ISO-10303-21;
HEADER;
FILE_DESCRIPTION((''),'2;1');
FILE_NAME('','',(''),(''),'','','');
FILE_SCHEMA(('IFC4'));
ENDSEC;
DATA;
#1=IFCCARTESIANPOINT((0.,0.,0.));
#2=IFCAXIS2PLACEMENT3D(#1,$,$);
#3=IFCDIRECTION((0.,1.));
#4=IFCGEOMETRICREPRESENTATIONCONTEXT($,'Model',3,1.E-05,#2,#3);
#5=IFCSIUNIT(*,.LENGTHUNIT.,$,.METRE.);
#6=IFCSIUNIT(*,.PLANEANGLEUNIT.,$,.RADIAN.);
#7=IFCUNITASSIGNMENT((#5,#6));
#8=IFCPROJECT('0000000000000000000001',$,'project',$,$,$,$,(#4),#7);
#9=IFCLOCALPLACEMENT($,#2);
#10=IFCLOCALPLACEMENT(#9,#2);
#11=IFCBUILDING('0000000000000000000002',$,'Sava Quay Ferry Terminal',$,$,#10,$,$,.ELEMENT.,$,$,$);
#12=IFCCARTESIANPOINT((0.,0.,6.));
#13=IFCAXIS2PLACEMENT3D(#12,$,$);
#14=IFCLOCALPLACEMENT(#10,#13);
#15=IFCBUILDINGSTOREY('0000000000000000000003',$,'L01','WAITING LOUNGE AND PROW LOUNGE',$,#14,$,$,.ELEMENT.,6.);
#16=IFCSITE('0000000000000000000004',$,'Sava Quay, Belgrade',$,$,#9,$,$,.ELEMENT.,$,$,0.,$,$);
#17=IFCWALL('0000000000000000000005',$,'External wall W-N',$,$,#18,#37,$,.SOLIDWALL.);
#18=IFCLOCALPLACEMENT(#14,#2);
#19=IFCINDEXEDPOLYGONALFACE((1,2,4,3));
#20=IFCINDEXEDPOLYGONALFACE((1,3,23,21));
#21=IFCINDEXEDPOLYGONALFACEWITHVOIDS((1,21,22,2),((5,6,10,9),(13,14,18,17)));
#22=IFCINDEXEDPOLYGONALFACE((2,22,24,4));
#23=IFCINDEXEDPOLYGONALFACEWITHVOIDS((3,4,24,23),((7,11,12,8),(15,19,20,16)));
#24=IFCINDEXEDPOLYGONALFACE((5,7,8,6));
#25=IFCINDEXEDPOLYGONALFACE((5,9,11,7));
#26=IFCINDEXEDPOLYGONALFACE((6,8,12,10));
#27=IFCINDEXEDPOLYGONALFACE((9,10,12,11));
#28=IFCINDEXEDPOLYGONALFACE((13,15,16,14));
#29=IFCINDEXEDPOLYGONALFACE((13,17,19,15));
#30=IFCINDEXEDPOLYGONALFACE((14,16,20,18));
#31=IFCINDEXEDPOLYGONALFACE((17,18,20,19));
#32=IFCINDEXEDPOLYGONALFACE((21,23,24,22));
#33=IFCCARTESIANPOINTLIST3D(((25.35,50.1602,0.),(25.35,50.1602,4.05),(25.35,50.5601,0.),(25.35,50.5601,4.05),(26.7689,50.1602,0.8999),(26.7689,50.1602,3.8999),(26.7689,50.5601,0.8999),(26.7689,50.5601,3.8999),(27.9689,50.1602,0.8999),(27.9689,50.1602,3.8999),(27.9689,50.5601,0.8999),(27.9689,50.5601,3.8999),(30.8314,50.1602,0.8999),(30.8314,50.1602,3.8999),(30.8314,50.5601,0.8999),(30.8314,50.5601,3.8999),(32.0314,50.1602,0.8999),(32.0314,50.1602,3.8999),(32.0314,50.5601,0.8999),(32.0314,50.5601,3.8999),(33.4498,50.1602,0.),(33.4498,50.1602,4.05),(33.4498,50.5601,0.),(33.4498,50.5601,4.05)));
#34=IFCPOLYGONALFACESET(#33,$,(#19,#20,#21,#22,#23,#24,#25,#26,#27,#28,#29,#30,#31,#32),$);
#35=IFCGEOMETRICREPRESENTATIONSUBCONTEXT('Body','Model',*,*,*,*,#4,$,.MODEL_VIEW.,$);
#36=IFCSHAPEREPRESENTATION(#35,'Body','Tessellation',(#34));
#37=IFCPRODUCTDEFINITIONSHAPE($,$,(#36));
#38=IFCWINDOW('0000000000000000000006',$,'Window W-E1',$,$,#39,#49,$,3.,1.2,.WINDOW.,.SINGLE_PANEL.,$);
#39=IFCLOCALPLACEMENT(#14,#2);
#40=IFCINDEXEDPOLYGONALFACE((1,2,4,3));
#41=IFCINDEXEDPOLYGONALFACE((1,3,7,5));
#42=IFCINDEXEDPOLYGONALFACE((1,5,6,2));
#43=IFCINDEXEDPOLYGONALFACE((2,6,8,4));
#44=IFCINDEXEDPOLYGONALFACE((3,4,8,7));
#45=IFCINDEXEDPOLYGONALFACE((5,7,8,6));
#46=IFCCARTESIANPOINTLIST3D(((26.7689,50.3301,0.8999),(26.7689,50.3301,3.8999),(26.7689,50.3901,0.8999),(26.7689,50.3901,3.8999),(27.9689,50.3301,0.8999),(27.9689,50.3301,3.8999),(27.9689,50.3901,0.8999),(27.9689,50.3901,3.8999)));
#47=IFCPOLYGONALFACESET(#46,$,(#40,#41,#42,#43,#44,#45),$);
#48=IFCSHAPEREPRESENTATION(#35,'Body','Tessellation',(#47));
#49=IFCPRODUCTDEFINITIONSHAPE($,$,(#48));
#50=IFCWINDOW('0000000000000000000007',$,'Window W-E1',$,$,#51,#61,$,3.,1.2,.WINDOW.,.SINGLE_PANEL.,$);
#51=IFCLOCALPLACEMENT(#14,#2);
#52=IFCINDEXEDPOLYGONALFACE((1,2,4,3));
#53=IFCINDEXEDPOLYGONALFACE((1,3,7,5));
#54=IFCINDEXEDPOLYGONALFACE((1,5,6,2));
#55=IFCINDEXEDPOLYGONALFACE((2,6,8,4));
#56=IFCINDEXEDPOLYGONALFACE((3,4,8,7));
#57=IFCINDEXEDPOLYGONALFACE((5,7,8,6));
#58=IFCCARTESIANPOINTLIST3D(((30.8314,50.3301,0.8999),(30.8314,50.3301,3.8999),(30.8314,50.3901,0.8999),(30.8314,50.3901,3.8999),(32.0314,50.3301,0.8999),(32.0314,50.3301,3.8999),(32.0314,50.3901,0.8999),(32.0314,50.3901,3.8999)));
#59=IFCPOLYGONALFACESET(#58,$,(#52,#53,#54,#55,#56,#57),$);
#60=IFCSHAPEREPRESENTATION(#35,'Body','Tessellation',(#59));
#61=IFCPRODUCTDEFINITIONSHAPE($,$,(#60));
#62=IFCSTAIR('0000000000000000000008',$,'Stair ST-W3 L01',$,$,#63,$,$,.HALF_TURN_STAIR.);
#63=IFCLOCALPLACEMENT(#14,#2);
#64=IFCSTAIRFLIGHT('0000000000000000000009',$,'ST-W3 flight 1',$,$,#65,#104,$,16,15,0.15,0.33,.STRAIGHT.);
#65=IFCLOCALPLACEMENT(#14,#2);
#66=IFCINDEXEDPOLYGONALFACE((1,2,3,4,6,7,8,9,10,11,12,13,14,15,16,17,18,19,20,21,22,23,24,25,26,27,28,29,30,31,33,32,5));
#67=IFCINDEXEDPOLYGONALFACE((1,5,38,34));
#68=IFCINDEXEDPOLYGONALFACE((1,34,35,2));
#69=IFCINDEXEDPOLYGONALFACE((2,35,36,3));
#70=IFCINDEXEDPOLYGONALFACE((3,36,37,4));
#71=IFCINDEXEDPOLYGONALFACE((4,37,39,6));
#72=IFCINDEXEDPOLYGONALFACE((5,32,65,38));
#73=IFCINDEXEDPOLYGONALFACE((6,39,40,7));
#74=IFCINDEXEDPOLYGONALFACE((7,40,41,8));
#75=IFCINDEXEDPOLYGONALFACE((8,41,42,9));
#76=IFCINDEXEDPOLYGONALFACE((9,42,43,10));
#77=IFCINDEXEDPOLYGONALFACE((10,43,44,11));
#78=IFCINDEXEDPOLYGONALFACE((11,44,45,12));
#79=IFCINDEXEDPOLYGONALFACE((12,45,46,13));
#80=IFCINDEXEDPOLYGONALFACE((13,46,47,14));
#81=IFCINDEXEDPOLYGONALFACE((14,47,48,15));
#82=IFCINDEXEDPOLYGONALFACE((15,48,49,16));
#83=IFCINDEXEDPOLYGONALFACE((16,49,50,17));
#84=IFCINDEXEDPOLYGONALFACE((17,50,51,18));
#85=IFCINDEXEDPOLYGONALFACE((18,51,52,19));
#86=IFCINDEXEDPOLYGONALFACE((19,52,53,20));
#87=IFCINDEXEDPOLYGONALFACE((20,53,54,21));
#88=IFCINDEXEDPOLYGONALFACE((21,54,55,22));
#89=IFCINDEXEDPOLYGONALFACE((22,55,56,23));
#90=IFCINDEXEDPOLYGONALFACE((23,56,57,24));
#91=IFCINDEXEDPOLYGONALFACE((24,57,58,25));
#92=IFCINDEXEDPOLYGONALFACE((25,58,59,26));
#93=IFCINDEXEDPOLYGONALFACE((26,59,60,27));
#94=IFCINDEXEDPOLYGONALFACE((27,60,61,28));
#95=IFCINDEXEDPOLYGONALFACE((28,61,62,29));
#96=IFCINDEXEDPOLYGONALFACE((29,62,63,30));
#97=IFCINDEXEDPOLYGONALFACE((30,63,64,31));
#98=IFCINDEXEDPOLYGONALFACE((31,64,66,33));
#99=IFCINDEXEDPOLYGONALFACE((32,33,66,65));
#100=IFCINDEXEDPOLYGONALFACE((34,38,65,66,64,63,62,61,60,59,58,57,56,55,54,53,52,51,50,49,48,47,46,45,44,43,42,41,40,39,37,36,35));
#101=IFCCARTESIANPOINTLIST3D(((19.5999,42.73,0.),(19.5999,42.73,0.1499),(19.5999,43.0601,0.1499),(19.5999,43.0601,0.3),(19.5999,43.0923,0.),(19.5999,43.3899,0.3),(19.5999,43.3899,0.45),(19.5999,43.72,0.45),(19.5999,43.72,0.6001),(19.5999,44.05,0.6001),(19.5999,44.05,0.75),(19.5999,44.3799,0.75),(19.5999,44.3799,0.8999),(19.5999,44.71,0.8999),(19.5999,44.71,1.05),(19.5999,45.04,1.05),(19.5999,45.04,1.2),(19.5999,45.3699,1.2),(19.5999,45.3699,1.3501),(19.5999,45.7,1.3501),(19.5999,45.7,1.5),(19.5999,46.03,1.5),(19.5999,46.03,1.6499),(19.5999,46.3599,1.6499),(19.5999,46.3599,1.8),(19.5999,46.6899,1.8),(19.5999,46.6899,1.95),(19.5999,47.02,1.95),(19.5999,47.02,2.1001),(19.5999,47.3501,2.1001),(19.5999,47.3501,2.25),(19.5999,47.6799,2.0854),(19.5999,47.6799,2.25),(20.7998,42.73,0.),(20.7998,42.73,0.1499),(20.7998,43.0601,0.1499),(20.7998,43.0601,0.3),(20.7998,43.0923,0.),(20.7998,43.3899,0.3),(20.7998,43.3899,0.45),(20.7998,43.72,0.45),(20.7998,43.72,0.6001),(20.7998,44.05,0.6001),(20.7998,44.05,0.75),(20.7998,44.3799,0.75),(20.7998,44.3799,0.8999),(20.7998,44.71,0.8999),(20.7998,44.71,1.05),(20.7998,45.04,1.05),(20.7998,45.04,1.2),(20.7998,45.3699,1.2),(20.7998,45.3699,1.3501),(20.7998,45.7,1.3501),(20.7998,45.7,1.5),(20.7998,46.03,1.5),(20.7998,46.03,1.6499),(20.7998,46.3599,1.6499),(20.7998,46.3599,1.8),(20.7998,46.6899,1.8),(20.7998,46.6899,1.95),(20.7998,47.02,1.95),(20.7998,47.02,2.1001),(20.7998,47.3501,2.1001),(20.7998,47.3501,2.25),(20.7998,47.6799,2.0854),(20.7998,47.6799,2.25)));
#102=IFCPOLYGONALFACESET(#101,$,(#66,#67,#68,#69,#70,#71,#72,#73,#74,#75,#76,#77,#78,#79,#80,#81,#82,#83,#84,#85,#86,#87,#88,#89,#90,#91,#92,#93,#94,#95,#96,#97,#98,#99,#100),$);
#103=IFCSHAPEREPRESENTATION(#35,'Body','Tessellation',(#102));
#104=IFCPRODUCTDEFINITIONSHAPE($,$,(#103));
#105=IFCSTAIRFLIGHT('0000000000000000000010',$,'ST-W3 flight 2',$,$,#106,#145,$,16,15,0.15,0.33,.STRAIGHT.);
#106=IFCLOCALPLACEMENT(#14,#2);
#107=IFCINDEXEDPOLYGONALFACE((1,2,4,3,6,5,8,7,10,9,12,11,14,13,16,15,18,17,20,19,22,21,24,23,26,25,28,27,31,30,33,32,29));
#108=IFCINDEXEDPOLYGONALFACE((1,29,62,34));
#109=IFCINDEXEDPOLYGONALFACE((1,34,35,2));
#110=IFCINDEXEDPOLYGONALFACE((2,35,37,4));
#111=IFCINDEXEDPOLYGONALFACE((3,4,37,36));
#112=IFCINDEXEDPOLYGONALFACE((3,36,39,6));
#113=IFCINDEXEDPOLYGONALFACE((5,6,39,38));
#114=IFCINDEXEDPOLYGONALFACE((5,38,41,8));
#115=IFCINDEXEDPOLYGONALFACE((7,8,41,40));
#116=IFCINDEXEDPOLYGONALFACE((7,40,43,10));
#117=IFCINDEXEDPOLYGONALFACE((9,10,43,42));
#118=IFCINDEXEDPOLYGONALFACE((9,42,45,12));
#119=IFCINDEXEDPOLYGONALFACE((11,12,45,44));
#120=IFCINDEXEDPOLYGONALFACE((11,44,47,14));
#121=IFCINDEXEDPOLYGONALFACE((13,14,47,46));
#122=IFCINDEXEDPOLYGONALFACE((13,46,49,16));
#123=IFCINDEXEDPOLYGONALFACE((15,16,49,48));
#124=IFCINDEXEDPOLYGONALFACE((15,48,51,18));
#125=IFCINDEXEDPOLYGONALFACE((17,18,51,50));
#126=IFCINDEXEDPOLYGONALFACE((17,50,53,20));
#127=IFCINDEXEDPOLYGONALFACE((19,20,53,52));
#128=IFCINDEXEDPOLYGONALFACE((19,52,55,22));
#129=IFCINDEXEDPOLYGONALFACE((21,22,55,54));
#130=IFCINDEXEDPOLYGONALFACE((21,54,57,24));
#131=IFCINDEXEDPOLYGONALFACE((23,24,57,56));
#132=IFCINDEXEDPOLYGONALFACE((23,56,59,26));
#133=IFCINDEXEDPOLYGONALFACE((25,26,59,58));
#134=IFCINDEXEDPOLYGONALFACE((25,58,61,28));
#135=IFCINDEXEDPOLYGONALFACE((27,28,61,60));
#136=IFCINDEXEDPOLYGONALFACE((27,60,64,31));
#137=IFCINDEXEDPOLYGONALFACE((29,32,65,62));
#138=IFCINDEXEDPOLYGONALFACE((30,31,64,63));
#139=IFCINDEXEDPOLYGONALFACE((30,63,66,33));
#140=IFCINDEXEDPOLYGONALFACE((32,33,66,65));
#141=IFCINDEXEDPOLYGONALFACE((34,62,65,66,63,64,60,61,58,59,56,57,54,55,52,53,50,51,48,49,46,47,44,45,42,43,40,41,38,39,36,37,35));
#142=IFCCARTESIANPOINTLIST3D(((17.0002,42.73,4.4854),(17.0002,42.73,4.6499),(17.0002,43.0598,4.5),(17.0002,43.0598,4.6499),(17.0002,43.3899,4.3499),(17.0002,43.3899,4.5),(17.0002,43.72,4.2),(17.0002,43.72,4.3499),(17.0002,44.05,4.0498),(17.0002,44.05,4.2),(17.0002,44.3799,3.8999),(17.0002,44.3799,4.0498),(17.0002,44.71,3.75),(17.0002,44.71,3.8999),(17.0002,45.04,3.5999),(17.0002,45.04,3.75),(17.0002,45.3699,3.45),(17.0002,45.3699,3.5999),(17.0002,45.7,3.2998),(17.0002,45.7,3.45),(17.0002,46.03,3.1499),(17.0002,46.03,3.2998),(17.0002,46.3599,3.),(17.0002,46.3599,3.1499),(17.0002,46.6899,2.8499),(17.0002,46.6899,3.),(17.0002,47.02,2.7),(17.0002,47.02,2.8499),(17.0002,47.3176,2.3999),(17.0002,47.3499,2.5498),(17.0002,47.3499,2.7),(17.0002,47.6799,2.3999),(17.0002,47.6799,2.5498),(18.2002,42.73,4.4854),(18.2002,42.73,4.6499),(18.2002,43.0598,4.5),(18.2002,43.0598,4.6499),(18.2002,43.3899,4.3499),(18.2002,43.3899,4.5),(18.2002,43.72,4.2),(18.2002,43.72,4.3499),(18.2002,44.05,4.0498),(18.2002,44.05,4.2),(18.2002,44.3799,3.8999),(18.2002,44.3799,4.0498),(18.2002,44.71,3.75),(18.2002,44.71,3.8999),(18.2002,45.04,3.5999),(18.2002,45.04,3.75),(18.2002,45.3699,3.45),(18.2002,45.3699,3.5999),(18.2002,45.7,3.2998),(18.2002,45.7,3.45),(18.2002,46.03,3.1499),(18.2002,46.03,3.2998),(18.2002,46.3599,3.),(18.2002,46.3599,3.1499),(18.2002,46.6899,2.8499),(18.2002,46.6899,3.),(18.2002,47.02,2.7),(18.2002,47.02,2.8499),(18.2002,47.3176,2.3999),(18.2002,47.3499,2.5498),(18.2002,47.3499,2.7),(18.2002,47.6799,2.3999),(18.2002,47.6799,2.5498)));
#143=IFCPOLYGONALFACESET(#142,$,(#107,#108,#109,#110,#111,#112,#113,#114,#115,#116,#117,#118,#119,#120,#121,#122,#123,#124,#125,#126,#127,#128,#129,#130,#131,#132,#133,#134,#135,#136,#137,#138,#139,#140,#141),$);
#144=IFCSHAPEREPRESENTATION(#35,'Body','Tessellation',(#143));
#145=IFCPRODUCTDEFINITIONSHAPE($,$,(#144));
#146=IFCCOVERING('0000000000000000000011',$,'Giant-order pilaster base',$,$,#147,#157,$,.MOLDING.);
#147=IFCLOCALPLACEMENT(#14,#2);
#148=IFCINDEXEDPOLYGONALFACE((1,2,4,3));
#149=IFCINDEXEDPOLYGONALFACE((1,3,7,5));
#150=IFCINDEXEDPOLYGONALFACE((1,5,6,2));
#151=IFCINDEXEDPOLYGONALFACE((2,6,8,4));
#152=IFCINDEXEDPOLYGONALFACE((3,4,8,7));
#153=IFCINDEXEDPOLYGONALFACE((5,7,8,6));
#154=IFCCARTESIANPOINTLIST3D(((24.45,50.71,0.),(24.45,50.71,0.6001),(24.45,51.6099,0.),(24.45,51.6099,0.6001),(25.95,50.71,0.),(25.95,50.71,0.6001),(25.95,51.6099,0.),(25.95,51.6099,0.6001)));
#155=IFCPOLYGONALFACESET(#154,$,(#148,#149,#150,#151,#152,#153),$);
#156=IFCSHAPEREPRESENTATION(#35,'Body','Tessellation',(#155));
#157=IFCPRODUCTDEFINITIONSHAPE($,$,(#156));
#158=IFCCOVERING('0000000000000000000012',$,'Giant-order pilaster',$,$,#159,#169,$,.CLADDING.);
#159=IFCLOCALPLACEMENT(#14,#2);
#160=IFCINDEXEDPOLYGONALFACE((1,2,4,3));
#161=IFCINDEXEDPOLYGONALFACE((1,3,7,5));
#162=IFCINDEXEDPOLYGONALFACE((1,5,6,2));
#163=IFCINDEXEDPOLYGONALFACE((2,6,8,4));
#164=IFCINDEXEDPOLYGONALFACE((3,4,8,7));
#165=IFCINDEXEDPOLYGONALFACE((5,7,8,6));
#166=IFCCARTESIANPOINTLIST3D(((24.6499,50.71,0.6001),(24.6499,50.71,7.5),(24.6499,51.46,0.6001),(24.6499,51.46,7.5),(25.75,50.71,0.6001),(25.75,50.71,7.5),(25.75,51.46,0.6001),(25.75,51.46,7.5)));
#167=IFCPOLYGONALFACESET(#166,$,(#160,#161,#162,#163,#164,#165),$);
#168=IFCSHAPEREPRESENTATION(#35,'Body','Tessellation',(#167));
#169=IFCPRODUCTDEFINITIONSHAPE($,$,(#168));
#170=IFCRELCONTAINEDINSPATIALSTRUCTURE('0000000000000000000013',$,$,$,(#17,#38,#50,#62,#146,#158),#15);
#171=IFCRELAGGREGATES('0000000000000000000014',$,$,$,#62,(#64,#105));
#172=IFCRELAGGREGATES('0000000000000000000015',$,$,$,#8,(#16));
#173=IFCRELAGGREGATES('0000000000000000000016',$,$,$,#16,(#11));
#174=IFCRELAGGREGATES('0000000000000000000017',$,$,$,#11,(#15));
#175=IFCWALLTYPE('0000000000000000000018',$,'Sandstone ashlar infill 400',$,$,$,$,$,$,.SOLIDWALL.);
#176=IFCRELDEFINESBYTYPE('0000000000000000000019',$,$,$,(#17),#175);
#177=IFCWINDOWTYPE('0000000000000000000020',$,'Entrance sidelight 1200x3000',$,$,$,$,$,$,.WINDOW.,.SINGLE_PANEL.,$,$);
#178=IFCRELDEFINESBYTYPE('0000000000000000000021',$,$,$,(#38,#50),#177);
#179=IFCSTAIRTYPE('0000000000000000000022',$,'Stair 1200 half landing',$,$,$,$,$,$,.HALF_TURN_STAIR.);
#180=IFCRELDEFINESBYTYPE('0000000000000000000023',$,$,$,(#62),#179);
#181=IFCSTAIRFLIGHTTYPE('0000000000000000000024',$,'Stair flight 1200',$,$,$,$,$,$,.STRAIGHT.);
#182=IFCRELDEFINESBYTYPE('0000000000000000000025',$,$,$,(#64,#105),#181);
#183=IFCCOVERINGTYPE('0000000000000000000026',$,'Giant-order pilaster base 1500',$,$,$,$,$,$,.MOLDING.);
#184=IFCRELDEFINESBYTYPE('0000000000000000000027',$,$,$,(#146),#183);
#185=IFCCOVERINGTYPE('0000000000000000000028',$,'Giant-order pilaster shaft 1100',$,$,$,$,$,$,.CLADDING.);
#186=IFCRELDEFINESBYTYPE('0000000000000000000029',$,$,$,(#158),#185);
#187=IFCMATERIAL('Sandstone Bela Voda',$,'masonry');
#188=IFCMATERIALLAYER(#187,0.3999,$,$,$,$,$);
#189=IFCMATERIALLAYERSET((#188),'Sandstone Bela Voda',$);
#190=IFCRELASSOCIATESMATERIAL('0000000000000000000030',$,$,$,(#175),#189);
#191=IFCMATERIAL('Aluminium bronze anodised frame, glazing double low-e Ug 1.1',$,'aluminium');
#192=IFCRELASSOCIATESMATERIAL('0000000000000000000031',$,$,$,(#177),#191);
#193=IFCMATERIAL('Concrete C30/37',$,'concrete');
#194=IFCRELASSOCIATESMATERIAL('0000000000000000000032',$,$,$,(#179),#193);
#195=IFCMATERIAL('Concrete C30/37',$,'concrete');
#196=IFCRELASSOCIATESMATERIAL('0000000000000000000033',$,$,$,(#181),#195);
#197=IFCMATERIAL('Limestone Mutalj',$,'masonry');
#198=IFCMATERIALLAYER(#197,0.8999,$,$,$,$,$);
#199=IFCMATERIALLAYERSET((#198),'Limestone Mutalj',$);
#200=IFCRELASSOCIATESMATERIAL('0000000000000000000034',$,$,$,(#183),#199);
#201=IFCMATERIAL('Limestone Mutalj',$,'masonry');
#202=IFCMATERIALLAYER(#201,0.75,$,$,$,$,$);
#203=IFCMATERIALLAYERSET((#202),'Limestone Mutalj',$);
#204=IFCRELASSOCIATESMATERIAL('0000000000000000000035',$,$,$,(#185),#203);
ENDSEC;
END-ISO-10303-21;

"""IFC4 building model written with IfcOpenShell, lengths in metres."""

from ifc_helpers import new_model, si_unit, direction, frame, frame_2d, origin, origin_2d, place, context, subcontext, project, spatial, polyline, rectangle, outline, extrude, material, layer, layer_set, type_object, element, fill, aggregate, save


model = new_model("IFC4")

# Units and contexts
model_context = context("Model", 3, precision=1e-05, world=origin(), true_north=direction((0.0, 1.0)))
body_context = subcontext(model_context, "Body", "Model", "MODEL_VIEW")
ifc_project = project(units=[si_unit("LENGTHUNIT", "METRE"), si_unit("PLANEANGLEUNIT", "RADIAN")], contexts=[model_context])

# Site, building, storey
site_placement = place(None, origin())
site = spatial("IfcSite", under=ifc_project, at=site_placement, Name="Sava Quay, Belgrade", CompositionType="ELEMENT", RefElevation=0.0)
building_placement = place(site_placement, origin())
building = spatial("IfcBuilding", under=site, at=building_placement, Name="Sava Quay Ferry Terminal", CompositionType="ELEMENT")
storey_placement = place(building_placement, frame((0.0, 0.0, 6.0)))
storey = spatial("IfcBuildingStorey", under=building, at=storey_placement, Name="L01", Description="WAITING LOUNGE AND PROW LOUNGE", CompositionType="ELEMENT", Elevation=6.0)

# Shared definitions
ifc_material_1 = material(Name="Sandstone Bela Voda", Category="masonry")
ifc_layer_1 = layer(ifc_material_1, 0.3999)
ifc_layer_set_1 = layer_set([ifc_layer_1], Name="Sandstone Bela Voda")
wall_type_1 = type_object("IfcWallType", Name="Sandstone ashlar infill 400", PredefinedType="SOLIDWALL", material=ifc_layer_set_1)

# Wall, openings, windows
wall_1_placement = place(storey_placement, frame((25.3501, 50.3601, 0.0), z_axis=(0.0, 0.0, 1.0), x_axis=(1.0, 0.0, 0.0)))
wall_1 = element("IfcWall", 1, at=wall_1_placement, inside=storey, type_object=wall_type_1, Name="External wall W-N", PredefinedType="SOLIDWALL", context=body_context, shape_type="SweptSolid", body=[
    extrude(rectangle(XDim=8.0999, YDim=0.3999, at=frame_2d((4.0498, 0.0))), origin(), (0.0, 0.0, 1.0), 4.05),
])
opening_1_placement = place(wall_1_placement, frame((1.4187, 0.0, 0.8999)))
opening_1 = element("IfcOpeningElement", 2, at=opening_1_placement, cuts=wall_1, PredefinedType="OPENING", context=body_context, shape_type="SweptSolid", body=[
    extrude(rectangle(XDim=1.2, YDim=3.0, at=frame_2d((0.6001, 1.5))), frame((0.0, 0.2, 0.0), z_axis=(0.0, -1.0, 0.0), x_axis=(1.0, 0.0, 0.0)), (0.0, 0.0, 1.0), 0.3999),
])
opening_2_placement = place(wall_1_placement, frame((5.4812, 0.0, 0.8999)))
opening_2 = element("IfcOpeningElement", 3, at=opening_2_placement, cuts=wall_1, PredefinedType="OPENING", context=body_context, shape_type="SweptSolid", body=[
    extrude(rectangle(XDim=1.2, YDim=3.0, at=frame_2d((0.6001, 1.5))), frame((0.0, 0.2, 0.0), z_axis=(0.0, -1.0, 0.0), x_axis=(1.0, 0.0, 0.0)), (0.0, 0.0, 1.0), 0.3999),
])
ifc_material_2 = material(Name="Aluminium bronze anodised frame, glazing double low-e Ug 1.1", Category="aluminium")
window_type = type_object("IfcWindowType", Name="Entrance sidelight 1200x3000", PartitioningType="SINGLE_PANEL", PredefinedType="WINDOW", material=ifc_material_2)
window_1_placement = place(opening_1_placement, origin())
window_1 = element("IfcWindow", 4, at=window_1_placement, inside=storey, type_object=window_type, Name="Window W-E1", OverallHeight=3.0, OverallWidth=1.2, PartitioningType="SINGLE_PANEL", PredefinedType="WINDOW", context=body_context, shape_type="SweptSolid", body=[
    extrude(rectangle(XDim=1.2, YDim=3.0, at=frame_2d((0.6001, 1.5))), frame((0.0, 0.03, 0.0), z_axis=(0.0, -1.0, 0.0), x_axis=(1.0, 0.0, 0.0)), (0.0, 0.0, 1.0), 0.0601),
])
fill(opening_1, window_1)
window_2_placement = place(opening_2_placement, origin())
window_2 = element("IfcWindow", 5, at=window_2_placement, inside=storey, type_object=window_type, Name="Window W-E1", OverallHeight=3.0, OverallWidth=1.2, PartitioningType="SINGLE_PANEL", PredefinedType="WINDOW", context=body_context, shape_type="SweptSolid", body=[
    extrude(rectangle(XDim=1.2, YDim=3.0, at=frame_2d((0.6001, 1.5))), frame((0.0, 0.03, 0.0), z_axis=(0.0, -1.0, 0.0), x_axis=(1.0, 0.0, 0.0)), (0.0, 0.0, 1.0), 0.0601),
])
fill(opening_2, window_2)

# Stair, stair flights
ifc_material_3 = material(Name="Concrete C30/37", Category="concrete")
stair_type = type_object("IfcStairType", Name="Stair 1200 half landing", PredefinedType="HALF_TURN_STAIR", material=ifc_material_3)
stair_placement = place(storey_placement, origin())
stair = element("IfcStair", 6, at=stair_placement, inside=storey, type_object=stair_type, Name="Stair ST-W3 L01", PredefinedType="HALF_TURN_STAIR")
ifc_material_4 = material(Name="Concrete C30/37", Category="concrete")
stair_flight_type = type_object("IfcStairFlightType", Name="Stair flight 1200", PredefinedType="STRAIGHT", material=ifc_material_4)
stair_flight_1_placement = place(storey_placement, frame((20.2, 42.73, 0.0), z_axis=(0.0, 0.0, 1.0), x_axis=(0.0, 1.0, 0.0)))
stair_flight_1 = element("IfcStairFlight", 7, at=stair_flight_1_placement, type_object=stair_flight_type, Name="ST-W3 flight 1", NumberOfRisers=16, NumberOfTreads=15, PredefinedType="STRAIGHT", RiserHeight=0.15, TreadLength=0.33, context=body_context, shape_type="SweptSolid", body=[
    extrude(outline(polyline([(0.0, 0.0), (0.0, 0.1499), (0.3301, 0.1499), (0.3301, 0.3), (0.6599, 0.3), (0.6599, 0.45), (0.99, 0.45), (0.99, 0.6001), (1.3201, 0.6001), (1.3201, 0.75), (1.6499, 0.75), (1.6499, 0.8999), (1.98, 0.8999), (1.98, 1.05), (2.3101, 1.05), (2.3101, 1.2), (2.6399, 1.2), (2.6399, 1.3501), (2.97, 1.3501), (2.97, 1.5), (3.3, 1.5), (3.3, 1.6499), (3.6299, 1.6499), (3.6299, 1.8), (3.96, 1.8), (3.96, 1.95), (4.29, 1.95), (4.29, 2.1001), (4.6201, 2.1001), (4.6201, 2.25), (4.95, 2.25), (4.95, 2.3999), (4.95, 2.0854), (0.3623, 0.0), (0.0, 0.0)])), frame((0.0, 0.6001, 0.0), z_axis=(0.0, -1.0, 0.0), x_axis=(1.0, 0.0, 0.0)), (0.0, 0.0, 1.0), 1.2),
])
stair_flight_2_placement = place(storey_placement, frame((17.6001, 47.6799, 2.3999), z_axis=(0.0, 0.0, 1.0), x_axis=(0.0, -1.0, 0.0)))
stair_flight_2 = element("IfcStairFlight", 8, at=stair_flight_2_placement, type_object=stair_flight_type, Name="ST-W3 flight 2", NumberOfRisers=16, NumberOfTreads=15, PredefinedType="STRAIGHT", RiserHeight=0.15, TreadLength=0.33, context=body_context, shape_type="SweptSolid", body=[
    extrude(outline(polyline([(0.0, 0.0), (0.0, 0.1499), (0.3301, 0.1499), (0.3301, 0.3), (0.6599, 0.3), (0.6599, 0.45), (0.99, 0.45), (0.99, 0.6001), (1.3201, 0.6001), (1.3201, 0.75), (1.6499, 0.75), (1.6499, 0.8999), (1.98, 0.8999), (1.98, 1.05), (2.3101, 1.05), (2.3101, 1.2), (2.6399, 1.2), (2.6399, 1.3501), (2.97, 1.3501), (2.97, 1.5), (3.3, 1.5), (3.3, 1.6499), (3.6299, 1.6499), (3.6299, 1.8), (3.96, 1.8), (3.96, 1.95), (4.29, 1.95), (4.29, 2.1001), (4.6201, 2.1001), (4.6201, 2.25), (4.95, 2.25), (4.95, 2.3999), (4.95, 2.0854), (0.3623, 0.0), (0.0, 0.0)])), frame((0.0, 0.6001, 0.0), z_axis=(0.0, -1.0, 0.0), x_axis=(1.0, 0.0, 0.0)), (0.0, 0.0, 1.0), 1.2),
])
aggregate(stair, [stair_flight_1, stair_flight_2])

# Coverings
ifc_material_5 = material(Name="Limestone Mutalj", Category="masonry")
ifc_layer_2 = layer(ifc_material_5, 0.8999)
ifc_layer_set_2 = layer_set([ifc_layer_2], Name="Limestone Mutalj")
covering_type_1 = type_object("IfcCoveringType", Name="Giant-order pilaster base 1500", PredefinedType="MOLDING", material=ifc_layer_set_2)
covering_1_placement = place(storey_placement, frame((25.2, 51.1599, 0.0), z_axis=(0.0, 0.0, 1.0), x_axis=(1.0, 0.0, 0.0)))
element("IfcCovering", 9, at=covering_1_placement, inside=storey, type_object=covering_type_1, Name="Giant-order pilaster base", PredefinedType="MOLDING", context=body_context, shape_type="SweptSolid", body=[
    extrude(rectangle(XDim=1.5, YDim=0.8999, at=origin_2d()), origin(), (0.0, 0.0, 1.0), 0.6001),
])
ifc_material_6 = material(Name="Limestone Mutalj", Category="masonry")
ifc_layer_3 = layer(ifc_material_6, 0.75)
ifc_layer_set_3 = layer_set([ifc_layer_3], Name="Limestone Mutalj")
covering_type_2 = type_object("IfcCoveringType", Name="Giant-order pilaster shaft 1100", PredefinedType="CLADDING", material=ifc_layer_set_3)
covering_2_placement = place(storey_placement, frame((25.2, 51.085, 0.6001), z_axis=(0.0, 0.0, 1.0), x_axis=(1.0, 0.0, 0.0)))
element("IfcCovering", 10, at=covering_2_placement, inside=storey, type_object=covering_type_2, Name="Giant-order pilaster", PredefinedType="CLADDING", context=body_context, shape_type="SweptSolid", body=[
    extrude(rectangle(XDim=1.1001, YDim=0.75, at=origin_2d()), origin(), (0.0, 0.0, 1.0), 6.8999),
])

save(model, "model.ifc")
